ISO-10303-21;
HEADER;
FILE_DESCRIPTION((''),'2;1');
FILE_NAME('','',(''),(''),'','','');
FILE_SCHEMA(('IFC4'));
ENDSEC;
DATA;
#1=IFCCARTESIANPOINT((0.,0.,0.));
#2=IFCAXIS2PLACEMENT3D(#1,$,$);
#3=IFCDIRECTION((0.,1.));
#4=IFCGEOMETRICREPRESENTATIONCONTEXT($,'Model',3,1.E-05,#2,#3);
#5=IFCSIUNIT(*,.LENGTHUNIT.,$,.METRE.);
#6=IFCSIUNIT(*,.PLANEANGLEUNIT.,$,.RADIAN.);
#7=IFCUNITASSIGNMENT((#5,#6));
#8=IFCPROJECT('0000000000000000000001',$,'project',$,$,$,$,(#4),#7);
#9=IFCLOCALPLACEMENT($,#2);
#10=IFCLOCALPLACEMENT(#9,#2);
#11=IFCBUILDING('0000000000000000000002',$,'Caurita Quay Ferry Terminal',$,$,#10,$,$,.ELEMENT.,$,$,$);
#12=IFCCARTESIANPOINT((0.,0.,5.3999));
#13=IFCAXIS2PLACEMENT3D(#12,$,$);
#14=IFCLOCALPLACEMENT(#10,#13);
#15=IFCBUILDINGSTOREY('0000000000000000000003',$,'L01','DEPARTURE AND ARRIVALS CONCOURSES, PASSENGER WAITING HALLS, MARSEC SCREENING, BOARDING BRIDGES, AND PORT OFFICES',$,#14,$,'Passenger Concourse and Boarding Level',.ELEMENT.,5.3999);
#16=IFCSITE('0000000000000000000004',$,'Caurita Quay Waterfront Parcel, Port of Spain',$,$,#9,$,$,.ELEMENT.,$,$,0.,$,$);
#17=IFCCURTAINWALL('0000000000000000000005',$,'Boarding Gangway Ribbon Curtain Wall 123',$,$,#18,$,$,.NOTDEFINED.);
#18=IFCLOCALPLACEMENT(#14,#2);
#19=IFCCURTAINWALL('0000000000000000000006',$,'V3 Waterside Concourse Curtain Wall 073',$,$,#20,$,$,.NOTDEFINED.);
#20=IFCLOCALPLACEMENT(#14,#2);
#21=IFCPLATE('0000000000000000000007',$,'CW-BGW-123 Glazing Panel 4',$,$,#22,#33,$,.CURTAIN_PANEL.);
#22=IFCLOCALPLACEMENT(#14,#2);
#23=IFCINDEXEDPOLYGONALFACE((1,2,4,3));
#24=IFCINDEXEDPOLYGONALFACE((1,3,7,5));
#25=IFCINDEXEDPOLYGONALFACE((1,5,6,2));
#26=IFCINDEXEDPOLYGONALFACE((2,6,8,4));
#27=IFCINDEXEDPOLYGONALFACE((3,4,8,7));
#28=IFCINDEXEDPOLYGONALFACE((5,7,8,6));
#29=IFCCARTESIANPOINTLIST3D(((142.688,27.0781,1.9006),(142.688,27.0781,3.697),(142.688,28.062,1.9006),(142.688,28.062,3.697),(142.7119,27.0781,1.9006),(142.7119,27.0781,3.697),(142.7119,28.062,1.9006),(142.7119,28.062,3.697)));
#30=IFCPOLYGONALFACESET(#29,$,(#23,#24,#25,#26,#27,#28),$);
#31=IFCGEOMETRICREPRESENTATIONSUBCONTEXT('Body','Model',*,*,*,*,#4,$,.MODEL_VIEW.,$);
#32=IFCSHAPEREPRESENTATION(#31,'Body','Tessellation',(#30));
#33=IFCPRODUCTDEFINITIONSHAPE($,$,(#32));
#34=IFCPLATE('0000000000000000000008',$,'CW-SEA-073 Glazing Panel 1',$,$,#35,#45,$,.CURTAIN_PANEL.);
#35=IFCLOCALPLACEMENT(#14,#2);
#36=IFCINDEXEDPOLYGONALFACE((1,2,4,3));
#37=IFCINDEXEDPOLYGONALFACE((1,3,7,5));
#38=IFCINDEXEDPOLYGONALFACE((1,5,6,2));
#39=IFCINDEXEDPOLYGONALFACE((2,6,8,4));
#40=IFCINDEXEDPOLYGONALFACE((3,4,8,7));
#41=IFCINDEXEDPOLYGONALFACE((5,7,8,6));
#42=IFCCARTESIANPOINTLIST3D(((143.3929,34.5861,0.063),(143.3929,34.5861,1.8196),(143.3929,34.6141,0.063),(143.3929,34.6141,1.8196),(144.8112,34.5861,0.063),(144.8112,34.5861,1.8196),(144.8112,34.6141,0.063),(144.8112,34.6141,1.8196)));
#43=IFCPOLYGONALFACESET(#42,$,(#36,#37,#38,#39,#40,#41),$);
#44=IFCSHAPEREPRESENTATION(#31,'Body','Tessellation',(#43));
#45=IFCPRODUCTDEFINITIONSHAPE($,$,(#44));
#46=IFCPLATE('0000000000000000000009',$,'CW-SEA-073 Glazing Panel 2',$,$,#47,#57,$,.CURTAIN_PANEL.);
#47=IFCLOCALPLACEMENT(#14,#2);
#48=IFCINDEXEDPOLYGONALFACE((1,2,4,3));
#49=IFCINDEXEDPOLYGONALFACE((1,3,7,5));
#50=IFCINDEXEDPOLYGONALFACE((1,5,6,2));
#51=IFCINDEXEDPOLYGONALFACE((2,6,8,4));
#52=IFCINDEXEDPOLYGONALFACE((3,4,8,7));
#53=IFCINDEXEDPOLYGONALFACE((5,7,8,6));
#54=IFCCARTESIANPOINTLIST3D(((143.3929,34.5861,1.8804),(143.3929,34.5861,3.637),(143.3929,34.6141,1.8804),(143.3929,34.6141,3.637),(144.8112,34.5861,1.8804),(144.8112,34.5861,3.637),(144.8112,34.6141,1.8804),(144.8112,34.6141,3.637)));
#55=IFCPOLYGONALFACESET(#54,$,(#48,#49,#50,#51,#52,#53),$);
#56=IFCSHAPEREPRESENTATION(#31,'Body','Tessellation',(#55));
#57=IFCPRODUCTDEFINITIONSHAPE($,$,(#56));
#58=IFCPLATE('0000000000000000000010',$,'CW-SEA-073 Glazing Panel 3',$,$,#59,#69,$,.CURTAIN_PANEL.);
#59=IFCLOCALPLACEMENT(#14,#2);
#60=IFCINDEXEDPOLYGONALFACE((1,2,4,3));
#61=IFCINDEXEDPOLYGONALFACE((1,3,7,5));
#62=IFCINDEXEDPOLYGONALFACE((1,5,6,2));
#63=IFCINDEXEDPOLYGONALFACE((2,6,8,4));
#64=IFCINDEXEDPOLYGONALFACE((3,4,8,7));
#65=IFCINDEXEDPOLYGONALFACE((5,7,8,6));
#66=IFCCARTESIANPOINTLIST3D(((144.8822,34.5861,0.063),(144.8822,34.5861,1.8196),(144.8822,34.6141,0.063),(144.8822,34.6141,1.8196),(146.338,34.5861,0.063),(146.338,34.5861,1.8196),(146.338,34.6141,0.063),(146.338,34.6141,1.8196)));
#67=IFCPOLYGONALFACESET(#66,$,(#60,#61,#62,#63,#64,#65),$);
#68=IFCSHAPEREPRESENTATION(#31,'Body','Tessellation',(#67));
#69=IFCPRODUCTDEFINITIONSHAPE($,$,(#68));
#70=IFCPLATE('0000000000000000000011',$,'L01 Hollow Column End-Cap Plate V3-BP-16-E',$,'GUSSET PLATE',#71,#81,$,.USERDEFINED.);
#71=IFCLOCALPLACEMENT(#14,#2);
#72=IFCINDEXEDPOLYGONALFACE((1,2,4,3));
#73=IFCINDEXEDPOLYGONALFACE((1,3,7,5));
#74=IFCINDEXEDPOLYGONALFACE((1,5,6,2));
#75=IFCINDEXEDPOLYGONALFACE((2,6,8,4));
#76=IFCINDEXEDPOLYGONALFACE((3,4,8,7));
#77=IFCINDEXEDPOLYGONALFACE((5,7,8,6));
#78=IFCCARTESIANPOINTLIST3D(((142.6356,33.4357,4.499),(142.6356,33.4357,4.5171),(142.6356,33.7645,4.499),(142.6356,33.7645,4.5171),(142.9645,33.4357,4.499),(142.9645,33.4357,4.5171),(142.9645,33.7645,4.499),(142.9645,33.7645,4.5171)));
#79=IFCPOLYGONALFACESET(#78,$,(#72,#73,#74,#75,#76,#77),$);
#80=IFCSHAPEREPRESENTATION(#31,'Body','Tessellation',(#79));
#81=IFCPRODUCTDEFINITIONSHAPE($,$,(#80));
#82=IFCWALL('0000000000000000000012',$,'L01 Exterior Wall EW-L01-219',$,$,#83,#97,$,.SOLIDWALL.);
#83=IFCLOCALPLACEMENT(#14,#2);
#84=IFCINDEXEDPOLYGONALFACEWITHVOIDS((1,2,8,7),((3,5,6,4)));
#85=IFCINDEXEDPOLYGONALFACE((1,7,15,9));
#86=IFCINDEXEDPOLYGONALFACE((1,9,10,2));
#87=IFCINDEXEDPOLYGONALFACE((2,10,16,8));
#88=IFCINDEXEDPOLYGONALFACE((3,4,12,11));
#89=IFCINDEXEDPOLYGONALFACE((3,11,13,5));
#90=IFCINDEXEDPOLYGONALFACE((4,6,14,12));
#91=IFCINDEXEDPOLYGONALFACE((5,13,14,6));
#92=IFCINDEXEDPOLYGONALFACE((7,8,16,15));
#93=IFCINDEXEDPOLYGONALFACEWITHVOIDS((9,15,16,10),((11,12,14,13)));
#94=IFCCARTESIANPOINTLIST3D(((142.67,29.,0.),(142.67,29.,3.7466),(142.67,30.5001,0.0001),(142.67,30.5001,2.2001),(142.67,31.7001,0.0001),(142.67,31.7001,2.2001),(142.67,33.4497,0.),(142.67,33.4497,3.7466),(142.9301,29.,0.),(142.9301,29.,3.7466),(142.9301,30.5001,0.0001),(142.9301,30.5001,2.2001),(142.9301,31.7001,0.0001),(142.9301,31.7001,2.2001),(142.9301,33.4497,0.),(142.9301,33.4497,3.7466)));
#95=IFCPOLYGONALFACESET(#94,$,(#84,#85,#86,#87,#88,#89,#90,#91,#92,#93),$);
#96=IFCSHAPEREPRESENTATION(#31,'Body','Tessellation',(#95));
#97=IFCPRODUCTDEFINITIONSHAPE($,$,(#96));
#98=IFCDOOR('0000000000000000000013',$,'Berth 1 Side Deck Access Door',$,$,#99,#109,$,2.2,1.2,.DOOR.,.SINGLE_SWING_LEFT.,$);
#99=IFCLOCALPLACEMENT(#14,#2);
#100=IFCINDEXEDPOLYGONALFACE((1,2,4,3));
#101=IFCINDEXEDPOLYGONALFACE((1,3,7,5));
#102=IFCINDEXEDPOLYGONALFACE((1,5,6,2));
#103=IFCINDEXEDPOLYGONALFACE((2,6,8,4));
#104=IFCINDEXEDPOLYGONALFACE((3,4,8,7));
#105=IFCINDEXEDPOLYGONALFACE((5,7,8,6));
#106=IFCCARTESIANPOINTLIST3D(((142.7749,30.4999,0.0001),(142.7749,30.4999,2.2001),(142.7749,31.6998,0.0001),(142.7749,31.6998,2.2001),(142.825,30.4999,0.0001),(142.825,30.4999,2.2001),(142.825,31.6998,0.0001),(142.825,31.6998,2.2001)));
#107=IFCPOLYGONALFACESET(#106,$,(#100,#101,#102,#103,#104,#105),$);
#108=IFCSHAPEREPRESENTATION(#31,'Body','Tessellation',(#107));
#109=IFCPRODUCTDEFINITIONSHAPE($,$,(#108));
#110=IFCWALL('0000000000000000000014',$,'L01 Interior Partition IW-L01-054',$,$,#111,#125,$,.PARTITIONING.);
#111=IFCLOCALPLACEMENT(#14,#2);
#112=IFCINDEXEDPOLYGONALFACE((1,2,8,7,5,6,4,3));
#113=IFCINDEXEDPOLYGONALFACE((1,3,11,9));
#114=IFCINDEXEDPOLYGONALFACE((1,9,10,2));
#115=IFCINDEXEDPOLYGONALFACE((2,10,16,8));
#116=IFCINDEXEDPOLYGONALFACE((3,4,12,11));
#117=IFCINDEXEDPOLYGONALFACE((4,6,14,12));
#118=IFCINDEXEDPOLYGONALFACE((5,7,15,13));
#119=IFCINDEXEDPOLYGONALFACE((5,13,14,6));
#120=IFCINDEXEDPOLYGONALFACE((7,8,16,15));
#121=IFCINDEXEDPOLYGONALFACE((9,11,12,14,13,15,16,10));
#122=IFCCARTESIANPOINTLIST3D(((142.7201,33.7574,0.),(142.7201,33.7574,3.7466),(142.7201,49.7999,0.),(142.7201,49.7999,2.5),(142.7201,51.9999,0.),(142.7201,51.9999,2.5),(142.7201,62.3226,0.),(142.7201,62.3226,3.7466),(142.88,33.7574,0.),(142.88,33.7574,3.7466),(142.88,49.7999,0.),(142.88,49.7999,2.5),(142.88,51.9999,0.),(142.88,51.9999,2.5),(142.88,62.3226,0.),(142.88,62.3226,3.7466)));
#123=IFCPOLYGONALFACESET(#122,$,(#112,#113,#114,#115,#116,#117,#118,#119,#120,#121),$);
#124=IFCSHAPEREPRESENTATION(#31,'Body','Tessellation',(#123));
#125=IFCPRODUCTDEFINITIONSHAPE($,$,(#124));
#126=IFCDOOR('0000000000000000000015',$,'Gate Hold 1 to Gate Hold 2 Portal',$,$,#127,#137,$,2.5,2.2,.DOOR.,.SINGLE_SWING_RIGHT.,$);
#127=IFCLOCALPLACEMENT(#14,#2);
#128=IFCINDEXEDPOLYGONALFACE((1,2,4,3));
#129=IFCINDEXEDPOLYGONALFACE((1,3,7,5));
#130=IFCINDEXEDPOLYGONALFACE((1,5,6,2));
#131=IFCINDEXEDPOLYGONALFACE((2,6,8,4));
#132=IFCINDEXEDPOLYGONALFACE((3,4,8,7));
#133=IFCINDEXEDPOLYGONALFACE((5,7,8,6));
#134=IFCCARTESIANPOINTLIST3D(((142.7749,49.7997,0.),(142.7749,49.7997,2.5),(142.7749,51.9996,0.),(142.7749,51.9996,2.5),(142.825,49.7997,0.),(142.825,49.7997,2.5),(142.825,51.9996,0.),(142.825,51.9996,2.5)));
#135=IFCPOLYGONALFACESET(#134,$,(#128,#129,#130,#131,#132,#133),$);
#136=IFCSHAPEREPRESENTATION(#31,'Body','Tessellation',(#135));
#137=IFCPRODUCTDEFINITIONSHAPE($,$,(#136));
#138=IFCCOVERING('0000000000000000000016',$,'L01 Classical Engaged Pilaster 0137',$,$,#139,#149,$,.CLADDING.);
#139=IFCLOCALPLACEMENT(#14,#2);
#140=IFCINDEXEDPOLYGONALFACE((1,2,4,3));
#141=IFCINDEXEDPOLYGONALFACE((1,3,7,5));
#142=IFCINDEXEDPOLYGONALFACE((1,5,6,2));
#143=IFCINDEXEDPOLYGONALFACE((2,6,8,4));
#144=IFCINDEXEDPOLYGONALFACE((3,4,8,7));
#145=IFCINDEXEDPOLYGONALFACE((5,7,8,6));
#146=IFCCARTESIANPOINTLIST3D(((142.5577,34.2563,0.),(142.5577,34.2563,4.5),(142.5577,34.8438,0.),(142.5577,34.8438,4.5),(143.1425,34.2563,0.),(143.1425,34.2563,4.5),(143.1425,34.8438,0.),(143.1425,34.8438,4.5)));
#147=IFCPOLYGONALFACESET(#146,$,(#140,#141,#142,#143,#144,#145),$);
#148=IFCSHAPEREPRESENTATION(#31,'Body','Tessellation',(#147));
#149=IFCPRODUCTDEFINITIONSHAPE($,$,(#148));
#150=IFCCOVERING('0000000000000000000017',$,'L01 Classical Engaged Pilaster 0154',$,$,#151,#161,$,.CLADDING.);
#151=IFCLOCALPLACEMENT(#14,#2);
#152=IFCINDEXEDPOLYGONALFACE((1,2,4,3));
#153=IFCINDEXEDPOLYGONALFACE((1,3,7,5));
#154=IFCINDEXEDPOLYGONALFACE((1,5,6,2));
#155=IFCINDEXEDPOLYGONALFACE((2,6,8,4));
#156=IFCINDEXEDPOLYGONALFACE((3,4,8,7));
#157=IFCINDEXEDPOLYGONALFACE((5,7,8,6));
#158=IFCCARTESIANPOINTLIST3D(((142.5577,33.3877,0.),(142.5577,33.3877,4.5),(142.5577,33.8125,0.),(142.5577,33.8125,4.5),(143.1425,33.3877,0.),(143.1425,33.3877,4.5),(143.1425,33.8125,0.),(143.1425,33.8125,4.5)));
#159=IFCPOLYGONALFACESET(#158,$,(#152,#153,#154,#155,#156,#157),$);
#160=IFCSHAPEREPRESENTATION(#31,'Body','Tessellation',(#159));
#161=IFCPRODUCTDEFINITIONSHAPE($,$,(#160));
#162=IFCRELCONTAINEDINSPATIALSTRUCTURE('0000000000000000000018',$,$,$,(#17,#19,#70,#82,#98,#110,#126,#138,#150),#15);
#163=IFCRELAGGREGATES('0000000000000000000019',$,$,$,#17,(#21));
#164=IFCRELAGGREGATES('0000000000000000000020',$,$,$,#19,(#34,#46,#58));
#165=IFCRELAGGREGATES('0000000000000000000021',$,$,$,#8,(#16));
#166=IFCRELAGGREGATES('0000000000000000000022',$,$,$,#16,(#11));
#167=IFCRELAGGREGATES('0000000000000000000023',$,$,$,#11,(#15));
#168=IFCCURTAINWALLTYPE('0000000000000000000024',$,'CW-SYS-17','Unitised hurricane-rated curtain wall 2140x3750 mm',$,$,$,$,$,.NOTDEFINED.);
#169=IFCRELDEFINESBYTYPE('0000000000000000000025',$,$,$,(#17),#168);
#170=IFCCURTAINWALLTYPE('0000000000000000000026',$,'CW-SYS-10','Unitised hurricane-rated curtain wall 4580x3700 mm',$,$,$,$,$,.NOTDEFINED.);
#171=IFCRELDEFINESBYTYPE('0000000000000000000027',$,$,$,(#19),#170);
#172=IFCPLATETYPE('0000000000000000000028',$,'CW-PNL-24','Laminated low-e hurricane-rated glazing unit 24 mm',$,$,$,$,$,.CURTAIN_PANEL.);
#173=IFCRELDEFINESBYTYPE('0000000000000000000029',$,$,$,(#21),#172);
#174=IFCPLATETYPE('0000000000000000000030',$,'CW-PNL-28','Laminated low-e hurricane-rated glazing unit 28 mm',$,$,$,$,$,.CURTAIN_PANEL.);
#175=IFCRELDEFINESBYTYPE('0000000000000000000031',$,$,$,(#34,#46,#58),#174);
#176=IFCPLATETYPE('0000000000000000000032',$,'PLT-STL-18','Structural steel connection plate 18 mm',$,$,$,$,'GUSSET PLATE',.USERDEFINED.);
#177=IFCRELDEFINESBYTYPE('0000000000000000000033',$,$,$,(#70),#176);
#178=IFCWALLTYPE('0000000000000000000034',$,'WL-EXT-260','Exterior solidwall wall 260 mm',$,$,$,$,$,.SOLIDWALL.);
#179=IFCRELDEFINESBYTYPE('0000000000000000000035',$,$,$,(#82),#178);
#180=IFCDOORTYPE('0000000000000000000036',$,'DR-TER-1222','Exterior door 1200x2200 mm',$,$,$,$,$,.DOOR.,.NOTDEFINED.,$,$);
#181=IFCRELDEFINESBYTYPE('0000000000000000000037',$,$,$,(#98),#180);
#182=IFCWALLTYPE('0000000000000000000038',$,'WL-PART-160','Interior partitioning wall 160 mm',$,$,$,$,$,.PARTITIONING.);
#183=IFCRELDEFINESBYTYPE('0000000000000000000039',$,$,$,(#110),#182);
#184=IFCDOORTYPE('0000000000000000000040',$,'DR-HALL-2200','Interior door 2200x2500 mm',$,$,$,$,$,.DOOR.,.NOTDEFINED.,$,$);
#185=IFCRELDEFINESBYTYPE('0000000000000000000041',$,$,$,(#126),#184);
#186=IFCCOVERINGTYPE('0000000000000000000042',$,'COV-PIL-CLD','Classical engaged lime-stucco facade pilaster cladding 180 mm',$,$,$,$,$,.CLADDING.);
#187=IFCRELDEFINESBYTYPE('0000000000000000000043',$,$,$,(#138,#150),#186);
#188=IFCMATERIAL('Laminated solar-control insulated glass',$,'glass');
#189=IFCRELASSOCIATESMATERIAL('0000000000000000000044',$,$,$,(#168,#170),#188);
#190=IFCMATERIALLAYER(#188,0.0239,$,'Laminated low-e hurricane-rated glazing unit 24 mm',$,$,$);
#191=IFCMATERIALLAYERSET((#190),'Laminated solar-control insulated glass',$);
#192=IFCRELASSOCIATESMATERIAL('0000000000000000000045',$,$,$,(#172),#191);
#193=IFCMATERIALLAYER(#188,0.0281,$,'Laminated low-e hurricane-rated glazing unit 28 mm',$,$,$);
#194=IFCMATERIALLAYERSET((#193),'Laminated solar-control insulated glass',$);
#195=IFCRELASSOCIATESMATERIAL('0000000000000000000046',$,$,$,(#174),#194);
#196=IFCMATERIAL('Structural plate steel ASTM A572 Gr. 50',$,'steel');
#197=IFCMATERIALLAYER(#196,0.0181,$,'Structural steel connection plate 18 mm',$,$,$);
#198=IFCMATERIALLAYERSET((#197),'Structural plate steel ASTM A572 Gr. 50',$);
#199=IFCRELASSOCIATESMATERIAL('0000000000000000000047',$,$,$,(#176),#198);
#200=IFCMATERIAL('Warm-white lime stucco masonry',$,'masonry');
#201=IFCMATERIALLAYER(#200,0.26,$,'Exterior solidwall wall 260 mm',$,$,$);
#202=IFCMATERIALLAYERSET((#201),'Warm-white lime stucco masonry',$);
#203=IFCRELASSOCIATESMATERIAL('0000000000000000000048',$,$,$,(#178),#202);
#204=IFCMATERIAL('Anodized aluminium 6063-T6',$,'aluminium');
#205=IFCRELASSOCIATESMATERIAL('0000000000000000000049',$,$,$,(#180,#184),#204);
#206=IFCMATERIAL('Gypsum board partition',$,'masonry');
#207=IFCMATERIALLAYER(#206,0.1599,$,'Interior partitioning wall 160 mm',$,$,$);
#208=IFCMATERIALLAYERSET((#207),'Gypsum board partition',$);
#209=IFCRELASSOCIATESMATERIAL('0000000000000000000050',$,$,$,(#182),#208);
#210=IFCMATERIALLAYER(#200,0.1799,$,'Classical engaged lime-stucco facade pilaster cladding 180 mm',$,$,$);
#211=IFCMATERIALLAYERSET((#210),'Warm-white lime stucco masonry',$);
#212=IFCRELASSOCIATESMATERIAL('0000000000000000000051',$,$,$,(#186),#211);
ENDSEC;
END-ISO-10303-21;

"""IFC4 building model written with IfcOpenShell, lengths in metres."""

from ifc_helpers import new_model, si_unit, direction, frame, frame_2d, origin, origin_2d, place, context, subcontext, project, spatial, rectangle, extrude, material, layer, layer_set, type_object, element, fill, aggregate, save


model = new_model("IFC4")

# Units and contexts
model_context = context("Model", 3, precision=1e-05, world=origin(), true_north=direction((0.0, 1.0)))
body_context = subcontext(model_context, "Body", "Model", "MODEL_VIEW")
ifc_project = project(units=[si_unit("LENGTHUNIT", "METRE"), si_unit("PLANEANGLEUNIT", "RADIAN")], contexts=[model_context])

# Site, building, storey
site_placement = place(None, origin())
site = spatial("IfcSite", under=ifc_project, at=site_placement, Name="Caurita Quay Waterfront Parcel, Port of Spain", CompositionType="ELEMENT", RefElevation=0.0)
building_placement = place(site_placement, origin())
building = spatial("IfcBuilding", under=site, at=building_placement, Name="Caurita Quay Ferry Terminal", CompositionType="ELEMENT")
storey_placement = place(building_placement, frame((0.0, 0.0, 5.3999)))
storey = spatial("IfcBuildingStorey", under=building, at=storey_placement, Name="L01", Description="DEPARTURE AND ARRIVALS CONCOURSES, PASSENGER WAITING HALLS, MARSEC SCREENING, BOARDING BRIDGES, AND PORT OFFICES", LongName="Passenger Concourse and Boarding Level", CompositionType="ELEMENT", Elevation=5.3999)

# Curtain wall
ifc_material_1 = material(Name="Laminated solar-control insulated glass", Category="glass")
curtain_wall_type_1 = type_object("IfcCurtainWallType", Name="CW-SYS-17", Description="Unitised hurricane-rated curtain wall 2140x3750 mm", PredefinedType="NOTDEFINED", material=ifc_material_1)
curtain_wall_1_placement = place(storey_placement, origin())
curtain_wall_1 = element("IfcCurtainWall", 1, at=curtain_wall_1_placement, inside=storey, type_object=curtain_wall_type_1, Name="Boarding Gangway Ribbon Curtain Wall 123", PredefinedType="NOTDEFINED")
ifc_material_2 = material(Name="Anodized aluminium 6063-T6", Category="aluminium")

# Curtain wall
curtain_wall_type_2 = type_object("IfcCurtainWallType", Name="CW-SYS-10", Description="Unitised hurricane-rated curtain wall 4580x3700 mm", PredefinedType="NOTDEFINED", material=ifc_material_1)
curtain_wall_2_placement = place(storey_placement, origin())
curtain_wall_2 = element("IfcCurtainWall", 2, at=curtain_wall_2_placement, inside=storey, type_object=curtain_wall_type_2, Name="V3 Waterside Concourse Curtain Wall 073", PredefinedType="NOTDEFINED")

# Plates
ifc_layer_1 = layer(ifc_material_1, 0.0239, Name="Laminated low-e hurricane-rated glazing unit 24 mm")
ifc_layer_set_1 = layer_set([ifc_layer_1], Name="Laminated solar-control insulated glass")
plate_type_1 = type_object("IfcPlateType", Name="CW-PNL-24", Description="Laminated low-e hurricane-rated glazing unit 24 mm", PredefinedType="CURTAIN_PANEL", material=ifc_layer_set_1)
plate_1_placement = place(storey_placement, frame((142.7, 27.5701, 1.9006), z_axis=(0.0, 0.0, 1.0), x_axis=(0.0, 1.0, 0.0)))
plate_1 = element("IfcPlate", 3, at=plate_1_placement, type_object=plate_type_1, Name="CW-BGW-123 Glazing Panel 4", PredefinedType="CURTAIN_PANEL", context=body_context, shape_type="SweptSolid", body=[
    extrude(rectangle(XDim=0.9839, YDim=0.0239, at=origin_2d()), origin(), (0.0, 0.0, 1.0), 1.7964),
])
aggregate(curtain_wall_1, [plate_1])
ifc_layer_2 = layer(ifc_material_1, 0.0281, Name="Laminated low-e hurricane-rated glazing unit 28 mm")
ifc_layer_set_2 = layer_set([ifc_layer_2], Name="Laminated solar-control insulated glass")
plate_type_2 = type_object("IfcPlateType", Name="CW-PNL-28", Description="Laminated low-e hurricane-rated glazing unit 28 mm", PredefinedType="CURTAIN_PANEL", material=ifc_layer_set_2)
plate_2_placement = place(storey_placement, frame((144.1021, 34.6001, 0.063), z_axis=(0.0, 0.0, 1.0), x_axis=(1.0, 0.0, 0.0)))
plate_2 = element("IfcPlate", 4, at=plate_2_placement, type_object=plate_type_2, Name="CW-SEA-073 Glazing Panel 1", PredefinedType="CURTAIN_PANEL", context=body_context, shape_type="SweptSolid", body=[
    extrude(rectangle(XDim=1.4182, YDim=0.0281, at=origin_2d()), origin(), (0.0, 0.0, 1.0), 1.7566),
])
plate_3_placement = place(storey_placement, frame((144.1021, 34.6001, 1.8804), z_axis=(0.0, 0.0, 1.0), x_axis=(1.0, 0.0, 0.0)))
plate_3 = element("IfcPlate", 5, at=plate_3_placement, type_object=plate_type_2, Name="CW-SEA-073 Glazing Panel 2", PredefinedType="CURTAIN_PANEL", context=body_context, shape_type="SweptSolid", body=[
    extrude(rectangle(XDim=1.4182, YDim=0.0281, at=origin_2d()), origin(), (0.0, 0.0, 1.0), 1.7566),
])
plate_4_placement = place(storey_placement, frame((145.6101, 34.6001, 0.063), z_axis=(0.0, 0.0, 1.0), x_axis=(1.0, 0.0, 0.0)))
plate_4 = element("IfcPlate", 6, at=plate_4_placement, type_object=plate_type_2, Name="CW-SEA-073 Glazing Panel 3", PredefinedType="CURTAIN_PANEL", context=body_context, shape_type="SweptSolid", body=[
    extrude(rectangle(XDim=1.4558, YDim=0.0281, at=origin_2d()), origin(), (0.0, 0.0, 1.0), 1.7566),
])
aggregate(curtain_wall_2, [plate_2, plate_3, plate_4])
ifc_material_3 = material(Name="Structural plate steel ASTM A572 Gr. 50", Category="steel")
ifc_layer_3 = layer(ifc_material_3, 0.0181, Name="Structural steel connection plate 18 mm")
ifc_layer_set_3 = layer_set([ifc_layer_3], Name="Structural plate steel ASTM A572 Gr. 50")
plate_type_3 = type_object("IfcPlateType", Name="PLT-STL-18", Description="Structural steel connection plate 18 mm", ElementType="GUSSET PLATE", PredefinedType="USERDEFINED", material=ifc_layer_set_3)
plate_5_placement = place(storey_placement, frame((142.8, 33.6001, 4.499), z_axis=(0.0, 0.0, 1.0), x_axis=(1.0, 0.0, 0.0)))
element("IfcPlate", 7, at=plate_5_placement, inside=storey, type_object=plate_type_3, Name="L01 Hollow Column End-Cap Plate V3-BP-16-E", ObjectType="GUSSET PLATE", PredefinedType="USERDEFINED", context=body_context, shape_type="SweptSolid", body=[
    extrude(rectangle(XDim=0.3289, YDim=0.3289, at=origin_2d()), origin(), (0.0, 0.0, 1.0), 0.0181),
])

# Walls, openings, doors
ifc_material_4 = material(Name="Warm-white lime stucco masonry", Category="masonry")
ifc_layer_4 = layer(ifc_material_4, 0.26, Name="Exterior solidwall wall 260 mm")
ifc_layer_set_4 = layer_set([ifc_layer_4], Name="Warm-white lime stucco masonry")
wall_type_1 = type_object("IfcWallType", Name="WL-EXT-260", Description="Exterior solidwall wall 260 mm", PredefinedType="SOLIDWALL", material=ifc_layer_set_4)
wall_1_placement = place(storey_placement, frame((142.8, 29.0, 0.0), z_axis=(0.0, 0.0, 1.0), x_axis=(0.0, 1.0, 0.0)))
wall_1 = element("IfcWall", 8, at=wall_1_placement, inside=storey, type_object=wall_type_1, Name="L01 Exterior Wall EW-L01-219", PredefinedType="SOLIDWALL", context=body_context, shape_type="SweptSolid", body=[
    extrude(rectangle(XDim=4.4497, YDim=0.26, at=frame_2d((2.2249, 0.0))), origin(), (0.0, 0.0, 1.0), 3.7466),
])
opening_1_placement = place(wall_1_placement, frame((1.5, 0.0, 0.0)))
opening_1 = element("IfcOpeningElement", 9, at=opening_1_placement, cuts=wall_1, PredefinedType="OPENING", context=body_context, shape_type="SweptSolid", body=[
    extrude(rectangle(XDim=1.2, YDim=2.2, at=frame_2d((0.6001, 1.1001))), frame((0.0, 0.1399, 0.0), z_axis=(0.0, -1.0, 0.0), x_axis=(1.0, 0.0, 0.0)), (0.0, 0.0, 1.0), 0.28),
])
door_type_1 = type_object("IfcDoorType", Name="DR-TER-1222", Description="Exterior door 1200x2200 mm", OperationType="NOTDEFINED", PredefinedType="DOOR", material=ifc_material_2)
door_1_placement = place(opening_1_placement, frame((1.2, 0.0, 0.0), z_axis=(0.0, 0.0, 1.0), x_axis=(-1.0, 0.0, 0.0)))
door_1 = element("IfcDoor", 10, at=door_1_placement, inside=storey, type_object=door_type_1, Name="Berth 1 Side Deck Access Door", OperationType="SINGLE_SWING_LEFT", OverallHeight=2.2, OverallWidth=1.2, PredefinedType="DOOR", context=body_context, shape_type="SweptSolid", body=[
    extrude(rectangle(XDim=1.2, YDim=2.2, at=frame_2d((0.6001, 1.1001))), frame((0.0, 0.0249, 0.0), z_axis=(0.0, -1.0, 0.0), x_axis=(1.0, 0.0, 0.0)), (0.0, 0.0, 1.0), 0.05),
])
fill(opening_1, door_1)
ifc_material_5 = material(Name="Gypsum board partition", Category="masonry")
ifc_layer_5 = layer(ifc_material_5, 0.1599, Name="Interior partitioning wall 160 mm")
ifc_layer_set_5 = layer_set([ifc_layer_5], Name="Gypsum board partition")
wall_type_2 = type_object("IfcWallType", Name="WL-PART-160", Description="Interior partitioning wall 160 mm", PredefinedType="PARTITIONING", material=ifc_layer_set_5)
wall_2_placement = place(storey_placement, frame((142.8, 33.7573, 0.0), z_axis=(0.0, 0.0, 1.0), x_axis=(0.0, 1.0, 0.0)))
wall_2 = element("IfcWall", 11, at=wall_2_placement, inside=storey, type_object=wall_type_2, Name="L01 Interior Partition IW-L01-054", PredefinedType="PARTITIONING", context=body_context, shape_type="SweptSolid", body=[
    extrude(rectangle(XDim=28.5652, YDim=0.1599, at=frame_2d((14.2827, 0.0))), origin(), (0.0, 0.0, 1.0), 3.7466),
])
opening_2_placement = place(wall_2_placement, frame((16.0425, 0.0, 0.0)))
opening_2 = element("IfcOpeningElement", 12, at=opening_2_placement, cuts=wall_2, PredefinedType="OPENING", context=body_context, shape_type="SweptSolid", body=[
    extrude(rectangle(XDim=2.2, YDim=2.5, at=frame_2d((1.1001, 1.25))), frame((0.0, 0.0898, 0.0), z_axis=(0.0, -1.0, 0.0), x_axis=(1.0, 0.0, 0.0)), (0.0, 0.0, 1.0), 0.1799),
])
door_type_2 = type_object("IfcDoorType", Name="DR-HALL-2200", Description="Interior door 2200x2500 mm", OperationType="NOTDEFINED", PredefinedType="DOOR", material=ifc_material_2)
door_2_placement = place(opening_2_placement, frame((2.2, 0.0, 0.0), z_axis=(0.0, 0.0, 1.0), x_axis=(-1.0, 0.0, 0.0)))
door_2 = element("IfcDoor", 13, at=door_2_placement, inside=storey, type_object=door_type_2, Name="Gate Hold 1 to Gate Hold 2 Portal", OperationType="SINGLE_SWING_RIGHT", OverallHeight=2.5, OverallWidth=2.2, PredefinedType="DOOR", context=body_context, shape_type="SweptSolid", body=[
    extrude(rectangle(XDim=2.2, YDim=2.5, at=frame_2d((1.1001, 1.25))), frame((0.0, 0.0249, 0.0), z_axis=(0.0, -1.0, 0.0), x_axis=(1.0, 0.0, 0.0)), (0.0, 0.0, 1.0), 0.05),
])
fill(opening_2, door_2)

# Coverings
ifc_layer_6 = layer(ifc_material_4, 0.1799, Name="Classical engaged lime-stucco facade pilaster cladding 180 mm")
ifc_layer_set_6 = layer_set([ifc_layer_6], Name="Warm-white lime stucco masonry")
covering_type = type_object("IfcCoveringType", Name="COV-PIL-CLD", Description="Classical engaged lime-stucco facade pilaster cladding 180 mm", PredefinedType="CLADDING", material=ifc_layer_set_6)
covering_1_placement = place(storey_placement, frame((142.8501, 34.55, 0.0), z_axis=(0.0, 0.0, 1.0), x_axis=(1.0, 0.0, 0.0)))
element("IfcCovering", 14, at=covering_1_placement, inside=storey, type_object=covering_type, Name="L01 Classical Engaged Pilaster 0137", PredefinedType="CLADDING", context=body_context, shape_type="SweptSolid", body=[
    extrude(rectangle(XDim=0.5847, YDim=0.5874, at=origin_2d()), origin(), (0.0, 0.0, 1.0), 4.5),
])
covering_2_placement = place(storey_placement, frame((142.8501, 33.6001, 0.0), z_axis=(0.0, 0.0, 1.0), x_axis=(1.0, 0.0, 0.0)))
element("IfcCovering", 15, at=covering_2_placement, inside=storey, type_object=covering_type, Name="L01 Classical Engaged Pilaster 0154", PredefinedType="CLADDING", context=body_context, shape_type="SweptSolid", body=[
    extrude(rectangle(XDim=0.5847, YDim=0.4248, at=origin_2d()), origin(), (0.0, 0.0, 1.0), 4.5),
])

save(model, "model.ifc")
